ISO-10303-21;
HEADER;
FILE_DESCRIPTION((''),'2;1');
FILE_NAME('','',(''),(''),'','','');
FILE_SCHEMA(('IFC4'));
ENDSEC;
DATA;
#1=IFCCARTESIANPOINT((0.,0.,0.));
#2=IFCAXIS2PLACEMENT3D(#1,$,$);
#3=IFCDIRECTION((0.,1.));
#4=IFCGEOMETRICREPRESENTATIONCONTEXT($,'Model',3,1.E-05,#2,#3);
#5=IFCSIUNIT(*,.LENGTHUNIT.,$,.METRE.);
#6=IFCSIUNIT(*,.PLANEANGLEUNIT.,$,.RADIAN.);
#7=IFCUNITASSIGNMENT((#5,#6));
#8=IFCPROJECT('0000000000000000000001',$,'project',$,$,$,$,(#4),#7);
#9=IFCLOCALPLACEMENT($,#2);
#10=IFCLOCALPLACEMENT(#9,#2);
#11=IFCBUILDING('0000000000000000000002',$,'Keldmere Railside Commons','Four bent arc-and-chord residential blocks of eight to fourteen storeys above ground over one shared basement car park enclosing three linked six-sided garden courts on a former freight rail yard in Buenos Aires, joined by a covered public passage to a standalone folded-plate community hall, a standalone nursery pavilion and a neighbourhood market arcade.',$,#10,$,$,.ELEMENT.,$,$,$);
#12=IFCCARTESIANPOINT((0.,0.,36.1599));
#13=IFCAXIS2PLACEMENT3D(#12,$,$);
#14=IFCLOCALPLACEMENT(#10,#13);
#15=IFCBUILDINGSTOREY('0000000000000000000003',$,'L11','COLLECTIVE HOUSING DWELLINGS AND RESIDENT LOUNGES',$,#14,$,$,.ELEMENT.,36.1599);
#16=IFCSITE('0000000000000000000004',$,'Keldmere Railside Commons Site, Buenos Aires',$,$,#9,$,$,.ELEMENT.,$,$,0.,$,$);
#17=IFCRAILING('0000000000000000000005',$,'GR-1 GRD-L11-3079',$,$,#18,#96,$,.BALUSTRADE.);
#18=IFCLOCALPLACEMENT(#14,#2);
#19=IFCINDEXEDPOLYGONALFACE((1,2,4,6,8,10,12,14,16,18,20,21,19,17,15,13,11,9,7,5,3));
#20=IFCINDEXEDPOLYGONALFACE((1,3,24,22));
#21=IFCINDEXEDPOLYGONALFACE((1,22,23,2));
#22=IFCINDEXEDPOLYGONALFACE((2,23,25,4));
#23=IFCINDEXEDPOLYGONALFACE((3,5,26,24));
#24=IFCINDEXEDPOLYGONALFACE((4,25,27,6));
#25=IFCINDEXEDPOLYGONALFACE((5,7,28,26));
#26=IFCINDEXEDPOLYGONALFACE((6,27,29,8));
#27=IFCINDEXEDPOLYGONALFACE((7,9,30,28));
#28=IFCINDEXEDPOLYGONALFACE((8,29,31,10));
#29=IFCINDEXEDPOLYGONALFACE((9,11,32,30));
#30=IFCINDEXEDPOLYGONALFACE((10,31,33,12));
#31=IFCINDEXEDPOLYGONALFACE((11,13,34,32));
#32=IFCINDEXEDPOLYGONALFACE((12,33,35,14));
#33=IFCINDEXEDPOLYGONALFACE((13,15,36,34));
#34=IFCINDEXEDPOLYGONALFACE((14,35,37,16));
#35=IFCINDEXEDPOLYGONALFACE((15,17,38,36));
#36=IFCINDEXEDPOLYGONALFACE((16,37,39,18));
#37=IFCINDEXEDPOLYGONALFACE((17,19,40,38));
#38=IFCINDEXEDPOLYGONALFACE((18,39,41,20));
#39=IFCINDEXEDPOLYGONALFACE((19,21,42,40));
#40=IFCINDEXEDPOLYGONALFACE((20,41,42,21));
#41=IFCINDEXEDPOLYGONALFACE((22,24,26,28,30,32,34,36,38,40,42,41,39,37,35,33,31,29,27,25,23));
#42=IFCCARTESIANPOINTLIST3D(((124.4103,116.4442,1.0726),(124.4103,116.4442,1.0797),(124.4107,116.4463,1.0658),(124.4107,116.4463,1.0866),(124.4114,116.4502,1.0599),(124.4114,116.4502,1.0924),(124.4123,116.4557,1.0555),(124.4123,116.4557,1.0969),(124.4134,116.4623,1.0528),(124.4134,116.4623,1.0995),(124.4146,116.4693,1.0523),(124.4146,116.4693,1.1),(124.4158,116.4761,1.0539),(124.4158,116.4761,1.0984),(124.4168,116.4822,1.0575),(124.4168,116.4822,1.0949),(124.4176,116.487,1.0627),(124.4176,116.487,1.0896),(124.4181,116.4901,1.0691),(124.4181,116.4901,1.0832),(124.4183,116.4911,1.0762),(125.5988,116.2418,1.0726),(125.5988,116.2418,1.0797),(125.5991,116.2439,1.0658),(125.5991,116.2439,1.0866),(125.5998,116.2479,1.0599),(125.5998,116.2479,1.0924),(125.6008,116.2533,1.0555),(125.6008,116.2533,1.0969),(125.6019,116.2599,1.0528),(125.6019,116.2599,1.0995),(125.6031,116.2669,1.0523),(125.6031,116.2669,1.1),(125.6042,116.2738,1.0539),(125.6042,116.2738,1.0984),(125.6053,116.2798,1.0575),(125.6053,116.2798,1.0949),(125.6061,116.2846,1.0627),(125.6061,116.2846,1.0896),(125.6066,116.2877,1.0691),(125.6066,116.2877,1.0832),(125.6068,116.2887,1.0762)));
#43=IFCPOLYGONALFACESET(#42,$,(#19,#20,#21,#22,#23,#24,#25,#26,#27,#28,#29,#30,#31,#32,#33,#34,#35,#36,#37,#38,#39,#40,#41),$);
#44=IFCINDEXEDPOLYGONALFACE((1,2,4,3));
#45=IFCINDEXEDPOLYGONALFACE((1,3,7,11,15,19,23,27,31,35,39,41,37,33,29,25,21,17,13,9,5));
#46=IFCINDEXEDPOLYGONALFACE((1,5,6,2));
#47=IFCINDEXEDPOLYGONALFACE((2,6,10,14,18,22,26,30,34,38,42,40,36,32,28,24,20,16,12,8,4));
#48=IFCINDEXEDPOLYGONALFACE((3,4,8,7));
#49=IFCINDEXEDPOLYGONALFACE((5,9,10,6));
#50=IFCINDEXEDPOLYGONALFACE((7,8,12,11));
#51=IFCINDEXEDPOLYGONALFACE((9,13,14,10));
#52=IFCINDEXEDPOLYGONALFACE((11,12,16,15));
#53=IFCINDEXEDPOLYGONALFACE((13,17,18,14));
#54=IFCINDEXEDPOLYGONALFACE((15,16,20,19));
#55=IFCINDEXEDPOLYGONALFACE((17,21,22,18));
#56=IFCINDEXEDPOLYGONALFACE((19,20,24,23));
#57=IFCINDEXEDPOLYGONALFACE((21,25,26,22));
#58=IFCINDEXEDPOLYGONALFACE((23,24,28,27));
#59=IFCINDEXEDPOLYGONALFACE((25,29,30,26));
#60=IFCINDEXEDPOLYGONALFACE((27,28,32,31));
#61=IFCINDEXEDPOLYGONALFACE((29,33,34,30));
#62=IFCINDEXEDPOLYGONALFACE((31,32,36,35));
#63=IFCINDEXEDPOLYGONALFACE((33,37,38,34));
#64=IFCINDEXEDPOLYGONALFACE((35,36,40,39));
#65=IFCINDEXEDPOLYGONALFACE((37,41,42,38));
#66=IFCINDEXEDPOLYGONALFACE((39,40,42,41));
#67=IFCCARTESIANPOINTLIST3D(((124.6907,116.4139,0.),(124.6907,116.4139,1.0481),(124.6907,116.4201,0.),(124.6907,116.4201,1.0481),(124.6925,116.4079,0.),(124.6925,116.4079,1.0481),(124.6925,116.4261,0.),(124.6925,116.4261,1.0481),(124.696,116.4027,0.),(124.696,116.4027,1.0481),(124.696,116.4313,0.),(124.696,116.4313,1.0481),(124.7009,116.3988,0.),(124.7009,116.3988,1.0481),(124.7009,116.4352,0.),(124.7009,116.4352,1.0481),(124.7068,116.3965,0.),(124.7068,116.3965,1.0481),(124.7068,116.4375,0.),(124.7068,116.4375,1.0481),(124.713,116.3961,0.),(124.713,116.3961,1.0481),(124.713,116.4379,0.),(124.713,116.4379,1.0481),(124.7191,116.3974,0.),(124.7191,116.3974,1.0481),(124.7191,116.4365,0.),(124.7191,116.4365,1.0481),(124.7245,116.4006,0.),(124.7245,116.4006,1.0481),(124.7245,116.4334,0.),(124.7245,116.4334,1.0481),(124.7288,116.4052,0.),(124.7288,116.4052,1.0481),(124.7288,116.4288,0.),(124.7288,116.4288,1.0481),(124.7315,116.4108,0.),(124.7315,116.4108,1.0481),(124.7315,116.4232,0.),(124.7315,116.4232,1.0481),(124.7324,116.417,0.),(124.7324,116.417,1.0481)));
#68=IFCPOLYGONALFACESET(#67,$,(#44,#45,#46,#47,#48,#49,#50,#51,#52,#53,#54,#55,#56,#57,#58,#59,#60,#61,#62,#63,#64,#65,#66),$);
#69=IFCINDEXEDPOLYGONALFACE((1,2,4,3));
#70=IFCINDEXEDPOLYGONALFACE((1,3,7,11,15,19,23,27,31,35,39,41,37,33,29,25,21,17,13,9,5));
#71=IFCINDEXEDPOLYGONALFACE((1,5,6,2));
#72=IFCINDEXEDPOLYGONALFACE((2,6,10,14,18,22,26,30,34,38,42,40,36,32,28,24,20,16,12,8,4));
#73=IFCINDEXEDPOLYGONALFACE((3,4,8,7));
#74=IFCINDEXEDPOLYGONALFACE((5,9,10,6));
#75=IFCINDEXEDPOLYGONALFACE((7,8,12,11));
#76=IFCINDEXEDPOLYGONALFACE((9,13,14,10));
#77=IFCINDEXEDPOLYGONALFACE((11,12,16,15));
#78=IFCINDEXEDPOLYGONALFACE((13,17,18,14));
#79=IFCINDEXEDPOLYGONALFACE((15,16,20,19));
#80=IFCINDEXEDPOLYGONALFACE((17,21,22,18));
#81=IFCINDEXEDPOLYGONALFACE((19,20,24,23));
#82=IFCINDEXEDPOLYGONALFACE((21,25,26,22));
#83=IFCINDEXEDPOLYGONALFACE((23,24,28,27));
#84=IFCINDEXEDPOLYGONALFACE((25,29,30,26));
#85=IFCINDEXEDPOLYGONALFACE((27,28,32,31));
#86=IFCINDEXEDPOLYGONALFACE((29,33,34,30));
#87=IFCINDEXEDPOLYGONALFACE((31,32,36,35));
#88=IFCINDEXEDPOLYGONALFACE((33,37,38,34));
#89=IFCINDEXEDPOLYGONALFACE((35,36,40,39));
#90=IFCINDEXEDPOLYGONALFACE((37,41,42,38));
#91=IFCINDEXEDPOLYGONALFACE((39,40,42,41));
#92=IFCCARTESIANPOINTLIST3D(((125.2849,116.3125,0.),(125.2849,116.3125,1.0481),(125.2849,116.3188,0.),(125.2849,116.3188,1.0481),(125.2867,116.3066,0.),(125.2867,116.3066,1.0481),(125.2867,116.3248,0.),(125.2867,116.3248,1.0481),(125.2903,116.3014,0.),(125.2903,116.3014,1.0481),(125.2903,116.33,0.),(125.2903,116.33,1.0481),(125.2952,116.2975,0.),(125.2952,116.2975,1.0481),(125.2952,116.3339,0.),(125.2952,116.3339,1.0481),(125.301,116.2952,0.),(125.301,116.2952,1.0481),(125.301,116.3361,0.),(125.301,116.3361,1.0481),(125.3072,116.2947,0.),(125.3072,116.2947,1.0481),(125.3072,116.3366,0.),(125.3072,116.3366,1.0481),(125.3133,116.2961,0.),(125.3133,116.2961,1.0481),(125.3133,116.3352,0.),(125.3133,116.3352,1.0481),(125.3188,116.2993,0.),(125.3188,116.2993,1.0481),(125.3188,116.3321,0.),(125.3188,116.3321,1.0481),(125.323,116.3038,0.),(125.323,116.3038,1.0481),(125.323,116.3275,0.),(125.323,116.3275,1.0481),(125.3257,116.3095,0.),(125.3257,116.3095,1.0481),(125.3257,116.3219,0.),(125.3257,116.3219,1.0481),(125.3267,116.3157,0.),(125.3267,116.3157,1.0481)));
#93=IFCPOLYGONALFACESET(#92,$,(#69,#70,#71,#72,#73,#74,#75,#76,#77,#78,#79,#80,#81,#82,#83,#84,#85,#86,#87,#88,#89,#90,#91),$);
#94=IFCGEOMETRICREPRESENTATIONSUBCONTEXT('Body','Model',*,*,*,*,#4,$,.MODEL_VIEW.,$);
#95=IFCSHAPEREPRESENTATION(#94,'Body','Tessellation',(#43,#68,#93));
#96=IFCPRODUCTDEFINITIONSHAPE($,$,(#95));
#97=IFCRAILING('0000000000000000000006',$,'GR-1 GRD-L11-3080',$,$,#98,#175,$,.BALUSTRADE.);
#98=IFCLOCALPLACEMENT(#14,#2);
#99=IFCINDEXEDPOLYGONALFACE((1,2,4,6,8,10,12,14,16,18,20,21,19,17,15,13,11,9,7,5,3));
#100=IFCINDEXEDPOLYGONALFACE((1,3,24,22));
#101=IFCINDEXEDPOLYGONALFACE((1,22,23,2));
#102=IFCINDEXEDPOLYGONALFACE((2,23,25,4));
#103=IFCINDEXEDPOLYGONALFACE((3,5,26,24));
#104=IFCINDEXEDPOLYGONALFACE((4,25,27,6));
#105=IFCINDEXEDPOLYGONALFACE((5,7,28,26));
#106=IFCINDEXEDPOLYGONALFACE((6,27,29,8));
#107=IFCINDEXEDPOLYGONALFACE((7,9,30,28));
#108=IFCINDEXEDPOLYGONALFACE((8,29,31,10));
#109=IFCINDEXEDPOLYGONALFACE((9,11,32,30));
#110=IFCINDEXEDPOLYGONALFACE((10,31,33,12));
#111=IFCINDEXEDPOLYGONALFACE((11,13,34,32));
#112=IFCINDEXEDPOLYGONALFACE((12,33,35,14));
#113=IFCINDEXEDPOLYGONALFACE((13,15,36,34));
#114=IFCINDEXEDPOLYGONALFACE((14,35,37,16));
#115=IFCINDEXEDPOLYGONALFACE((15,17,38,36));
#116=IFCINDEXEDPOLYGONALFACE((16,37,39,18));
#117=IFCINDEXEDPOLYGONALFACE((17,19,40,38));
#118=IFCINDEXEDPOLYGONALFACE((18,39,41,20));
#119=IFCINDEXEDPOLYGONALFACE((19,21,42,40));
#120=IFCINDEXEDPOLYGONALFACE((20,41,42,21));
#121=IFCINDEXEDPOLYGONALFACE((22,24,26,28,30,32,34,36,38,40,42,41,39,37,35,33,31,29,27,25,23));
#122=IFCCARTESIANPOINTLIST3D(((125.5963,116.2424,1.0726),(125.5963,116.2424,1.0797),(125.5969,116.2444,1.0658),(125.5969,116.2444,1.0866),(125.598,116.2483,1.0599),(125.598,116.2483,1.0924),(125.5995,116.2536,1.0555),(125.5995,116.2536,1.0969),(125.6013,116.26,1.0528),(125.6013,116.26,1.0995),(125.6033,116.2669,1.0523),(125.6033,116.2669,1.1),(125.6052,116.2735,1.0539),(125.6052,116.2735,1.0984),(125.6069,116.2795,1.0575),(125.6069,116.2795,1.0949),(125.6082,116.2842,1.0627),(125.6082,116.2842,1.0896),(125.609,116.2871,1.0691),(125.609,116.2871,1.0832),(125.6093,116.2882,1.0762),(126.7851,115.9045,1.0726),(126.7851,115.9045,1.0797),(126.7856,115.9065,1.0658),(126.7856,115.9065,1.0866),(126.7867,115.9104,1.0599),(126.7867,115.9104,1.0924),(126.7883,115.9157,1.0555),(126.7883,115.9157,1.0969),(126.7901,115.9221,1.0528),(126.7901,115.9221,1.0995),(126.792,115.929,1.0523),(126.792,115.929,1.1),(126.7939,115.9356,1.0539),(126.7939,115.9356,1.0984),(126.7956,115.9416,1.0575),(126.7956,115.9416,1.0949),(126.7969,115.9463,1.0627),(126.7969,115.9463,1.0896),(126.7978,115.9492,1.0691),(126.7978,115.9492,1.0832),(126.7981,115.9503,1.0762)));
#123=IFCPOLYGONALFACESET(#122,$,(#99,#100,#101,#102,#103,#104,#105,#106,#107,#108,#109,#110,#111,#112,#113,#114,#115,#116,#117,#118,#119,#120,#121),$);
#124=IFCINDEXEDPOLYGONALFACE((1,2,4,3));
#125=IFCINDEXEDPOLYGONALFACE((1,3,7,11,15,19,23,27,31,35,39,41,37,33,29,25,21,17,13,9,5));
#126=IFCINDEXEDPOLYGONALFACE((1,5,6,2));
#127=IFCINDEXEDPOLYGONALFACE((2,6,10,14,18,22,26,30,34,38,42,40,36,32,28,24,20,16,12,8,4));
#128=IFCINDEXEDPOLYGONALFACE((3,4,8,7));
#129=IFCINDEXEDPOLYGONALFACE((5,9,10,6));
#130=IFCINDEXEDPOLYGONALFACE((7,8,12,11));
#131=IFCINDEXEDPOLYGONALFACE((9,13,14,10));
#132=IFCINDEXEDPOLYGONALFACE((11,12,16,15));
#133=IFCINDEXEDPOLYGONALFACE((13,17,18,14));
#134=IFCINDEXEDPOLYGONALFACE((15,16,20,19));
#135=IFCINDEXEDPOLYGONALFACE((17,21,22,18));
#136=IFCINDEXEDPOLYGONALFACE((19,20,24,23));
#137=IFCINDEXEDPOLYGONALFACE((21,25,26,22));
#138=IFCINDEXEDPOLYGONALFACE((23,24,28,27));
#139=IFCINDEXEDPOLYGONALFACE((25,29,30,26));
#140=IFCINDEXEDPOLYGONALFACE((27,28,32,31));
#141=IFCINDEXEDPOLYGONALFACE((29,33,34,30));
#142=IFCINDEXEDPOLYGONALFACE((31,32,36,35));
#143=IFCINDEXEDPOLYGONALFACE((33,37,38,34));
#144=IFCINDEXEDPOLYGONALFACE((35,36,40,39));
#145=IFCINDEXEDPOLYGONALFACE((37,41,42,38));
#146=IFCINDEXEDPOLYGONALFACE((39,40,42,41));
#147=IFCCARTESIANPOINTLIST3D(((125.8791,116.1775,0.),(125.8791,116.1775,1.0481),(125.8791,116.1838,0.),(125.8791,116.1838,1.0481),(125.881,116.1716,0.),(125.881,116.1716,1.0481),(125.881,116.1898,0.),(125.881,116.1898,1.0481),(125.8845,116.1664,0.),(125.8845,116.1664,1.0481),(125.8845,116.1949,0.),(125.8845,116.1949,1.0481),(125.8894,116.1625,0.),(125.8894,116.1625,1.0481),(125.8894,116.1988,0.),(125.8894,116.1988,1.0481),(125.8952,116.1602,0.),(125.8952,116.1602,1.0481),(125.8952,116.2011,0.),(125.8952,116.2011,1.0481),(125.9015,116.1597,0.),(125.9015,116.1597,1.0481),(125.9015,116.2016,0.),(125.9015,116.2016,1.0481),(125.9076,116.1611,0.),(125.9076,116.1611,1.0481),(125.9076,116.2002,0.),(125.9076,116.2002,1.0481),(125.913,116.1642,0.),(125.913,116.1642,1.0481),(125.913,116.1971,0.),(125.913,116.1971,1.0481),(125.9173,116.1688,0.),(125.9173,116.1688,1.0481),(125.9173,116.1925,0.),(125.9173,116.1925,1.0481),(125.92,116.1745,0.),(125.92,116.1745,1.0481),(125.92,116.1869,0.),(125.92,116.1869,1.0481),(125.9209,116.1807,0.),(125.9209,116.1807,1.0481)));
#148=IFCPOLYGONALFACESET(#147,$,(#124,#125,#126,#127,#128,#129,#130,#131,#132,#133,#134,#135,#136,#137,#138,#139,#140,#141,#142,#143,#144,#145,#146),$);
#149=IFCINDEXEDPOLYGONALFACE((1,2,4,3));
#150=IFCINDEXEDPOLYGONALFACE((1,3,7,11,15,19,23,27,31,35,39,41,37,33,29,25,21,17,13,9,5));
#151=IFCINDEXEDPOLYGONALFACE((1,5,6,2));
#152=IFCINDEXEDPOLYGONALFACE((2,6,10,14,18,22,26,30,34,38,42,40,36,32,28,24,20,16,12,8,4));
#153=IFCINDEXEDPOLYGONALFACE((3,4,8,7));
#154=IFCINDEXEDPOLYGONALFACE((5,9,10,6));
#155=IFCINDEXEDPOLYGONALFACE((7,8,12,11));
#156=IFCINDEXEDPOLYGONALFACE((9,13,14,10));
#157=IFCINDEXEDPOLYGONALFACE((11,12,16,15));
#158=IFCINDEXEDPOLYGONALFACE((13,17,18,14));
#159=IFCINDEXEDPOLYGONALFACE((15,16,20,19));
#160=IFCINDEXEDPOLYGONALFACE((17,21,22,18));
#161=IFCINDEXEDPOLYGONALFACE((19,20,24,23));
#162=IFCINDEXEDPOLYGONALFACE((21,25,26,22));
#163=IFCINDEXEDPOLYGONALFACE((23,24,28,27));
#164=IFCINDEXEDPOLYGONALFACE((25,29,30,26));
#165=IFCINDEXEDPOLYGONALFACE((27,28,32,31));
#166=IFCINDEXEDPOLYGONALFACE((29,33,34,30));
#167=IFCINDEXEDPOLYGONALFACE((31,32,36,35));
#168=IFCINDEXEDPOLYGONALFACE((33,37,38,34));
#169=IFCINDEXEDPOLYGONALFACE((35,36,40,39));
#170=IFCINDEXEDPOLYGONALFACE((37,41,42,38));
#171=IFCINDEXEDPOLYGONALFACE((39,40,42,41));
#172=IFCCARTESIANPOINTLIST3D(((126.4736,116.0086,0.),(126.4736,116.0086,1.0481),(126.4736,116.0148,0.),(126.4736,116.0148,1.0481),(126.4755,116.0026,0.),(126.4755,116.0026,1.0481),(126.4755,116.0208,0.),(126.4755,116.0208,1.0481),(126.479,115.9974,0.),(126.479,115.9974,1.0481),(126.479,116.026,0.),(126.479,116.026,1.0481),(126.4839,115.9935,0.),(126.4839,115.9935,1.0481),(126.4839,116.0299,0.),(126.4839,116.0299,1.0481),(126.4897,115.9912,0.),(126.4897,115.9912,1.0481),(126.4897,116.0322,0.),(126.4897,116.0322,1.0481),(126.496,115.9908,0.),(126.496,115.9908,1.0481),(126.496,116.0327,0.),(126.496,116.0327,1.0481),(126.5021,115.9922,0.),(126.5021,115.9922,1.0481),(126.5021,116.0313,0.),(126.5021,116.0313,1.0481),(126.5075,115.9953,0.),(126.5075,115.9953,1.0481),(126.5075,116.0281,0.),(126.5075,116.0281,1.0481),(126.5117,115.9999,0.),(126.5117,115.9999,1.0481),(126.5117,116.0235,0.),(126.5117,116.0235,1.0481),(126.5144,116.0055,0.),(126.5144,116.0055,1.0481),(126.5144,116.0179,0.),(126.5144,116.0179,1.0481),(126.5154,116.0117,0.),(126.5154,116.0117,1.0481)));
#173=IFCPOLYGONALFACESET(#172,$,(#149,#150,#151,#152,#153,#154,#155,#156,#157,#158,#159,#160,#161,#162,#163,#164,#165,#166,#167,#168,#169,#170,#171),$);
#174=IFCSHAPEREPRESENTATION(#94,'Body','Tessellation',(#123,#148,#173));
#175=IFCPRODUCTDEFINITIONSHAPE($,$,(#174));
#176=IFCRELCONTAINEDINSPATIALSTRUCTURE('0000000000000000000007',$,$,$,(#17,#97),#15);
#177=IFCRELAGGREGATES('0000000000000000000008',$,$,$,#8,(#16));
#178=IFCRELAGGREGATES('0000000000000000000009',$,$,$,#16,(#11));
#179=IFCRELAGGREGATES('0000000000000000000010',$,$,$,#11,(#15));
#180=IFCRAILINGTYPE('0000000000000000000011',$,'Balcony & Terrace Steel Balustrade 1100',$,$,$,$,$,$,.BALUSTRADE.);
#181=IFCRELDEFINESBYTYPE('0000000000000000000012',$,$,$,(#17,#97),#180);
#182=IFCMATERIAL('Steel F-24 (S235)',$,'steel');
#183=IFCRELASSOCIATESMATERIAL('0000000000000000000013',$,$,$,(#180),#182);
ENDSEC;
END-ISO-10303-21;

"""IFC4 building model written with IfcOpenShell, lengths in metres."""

from ifc_helpers import new_model, si_unit, direction, frame, origin, origin_2d, place, context, subcontext, project, spatial, circle, extrude, material, type_object, element, save


model = new_model("IFC4")

# Units and contexts
model_context = context("Model", 3, precision=1e-05, world=origin(), true_north=direction((0.0, 1.0)))
body_context = subcontext(model_context, "Body", "Model", "MODEL_VIEW")
ifc_project = project(units=[si_unit("LENGTHUNIT", "METRE"), si_unit("PLANEANGLEUNIT", "RADIAN")], contexts=[model_context])

# Site, building, storey
site_placement = place(None, origin())
site = spatial("IfcSite", under=ifc_project, at=site_placement, Name="Keldmere Railside Commons Site, Buenos Aires", CompositionType="ELEMENT", RefElevation=0.0)
building_placement = place(site_placement, origin())
building = spatial("IfcBuilding", under=site, at=building_placement, Name="Keldmere Railside Commons", Description="Four bent arc-and-chord residential blocks of eight to fourteen storeys above ground over one shared basement car park enclosing three linked six-sided garden courts on a former freight rail yard in Buenos Aires, joined by a covered public passage to a standalone folded-plate community hall, a standalone nursery pavilion and a neighbourhood market arcade.", CompositionType="ELEMENT")
storey_placement = place(building_placement, frame((0.0, 0.0, 36.1599)))
storey = spatial("IfcBuildingStorey", under=building, at=storey_placement, Name="L11", Description="COLLECTIVE HOUSING DWELLINGS AND RESIDENT LOUNGES", CompositionType="ELEMENT", Elevation=36.1599)

# Railings
ifc_material_1 = material(Name="Steel F-24 (S235)", Category="steel")
railing_type_1 = type_object("IfcRailingType", Name="Balcony & Terrace Steel Balustrade 1100", PredefinedType="BALUSTRADE", material=ifc_material_1)
railing_1_placement = place(storey_placement, frame((124.4143, 116.4675, 0.0)))
element("IfcRailing", 1, at=railing_1_placement, inside=storey, type_object=railing_type_1, Name="GR-1 GRD-L11-3079", PredefinedType="BALUSTRADE", context=body_context, shape_type="SweptSolid", body=[
    extrude(circle(Radius=0.0239, at=origin_2d()), frame((0.0, 0.0, 1.0762), z_axis=(0.985808, -0.167879, 0.0), x_axis=(0.167879, 0.985808, 0.0)), (0.0, 0.0, 1.0), 1.2056),
    extrude(circle(Radius=0.021, at=origin_2d()), frame((0.2971, -0.0505, 0.0)), (0.0, 0.0, 1.0), 1.0481),
    extrude(circle(Radius=0.021, at=origin_2d()), frame((0.8914, -0.1519, 0.0)), (0.0, 0.0, 1.0), 1.0481),
])
railing_2_placement = place(storey_placement, frame((125.6028, 116.2651, 0.0)))
element("IfcRailing", 2, at=railing_2_placement, inside=storey, type_object=railing_type_1, Name="GR-1 GRD-L11-3080", PredefinedType="BALUSTRADE", context=body_context, shape_type="SweptSolid", body=[
    extrude(circle(Radius=0.0239, at=origin_2d()), frame((0.0, 0.0, 1.0762), z_axis=(0.961896, -0.273416, 0.0), x_axis=(0.273416, 0.961896, 0.0)), (0.0, 0.0, 1.0), 1.2358),
    extrude(circle(Radius=0.021, at=origin_2d()), frame((0.2971, -0.0845, 0.0)), (0.0, 0.0, 1.0), 1.0481),
    extrude(circle(Radius=0.021, at=origin_2d()), frame((0.8916, -0.2534, 0.0)), (0.0, 0.0, 1.0), 1.0481),
])

save(model, "model.ifc")
